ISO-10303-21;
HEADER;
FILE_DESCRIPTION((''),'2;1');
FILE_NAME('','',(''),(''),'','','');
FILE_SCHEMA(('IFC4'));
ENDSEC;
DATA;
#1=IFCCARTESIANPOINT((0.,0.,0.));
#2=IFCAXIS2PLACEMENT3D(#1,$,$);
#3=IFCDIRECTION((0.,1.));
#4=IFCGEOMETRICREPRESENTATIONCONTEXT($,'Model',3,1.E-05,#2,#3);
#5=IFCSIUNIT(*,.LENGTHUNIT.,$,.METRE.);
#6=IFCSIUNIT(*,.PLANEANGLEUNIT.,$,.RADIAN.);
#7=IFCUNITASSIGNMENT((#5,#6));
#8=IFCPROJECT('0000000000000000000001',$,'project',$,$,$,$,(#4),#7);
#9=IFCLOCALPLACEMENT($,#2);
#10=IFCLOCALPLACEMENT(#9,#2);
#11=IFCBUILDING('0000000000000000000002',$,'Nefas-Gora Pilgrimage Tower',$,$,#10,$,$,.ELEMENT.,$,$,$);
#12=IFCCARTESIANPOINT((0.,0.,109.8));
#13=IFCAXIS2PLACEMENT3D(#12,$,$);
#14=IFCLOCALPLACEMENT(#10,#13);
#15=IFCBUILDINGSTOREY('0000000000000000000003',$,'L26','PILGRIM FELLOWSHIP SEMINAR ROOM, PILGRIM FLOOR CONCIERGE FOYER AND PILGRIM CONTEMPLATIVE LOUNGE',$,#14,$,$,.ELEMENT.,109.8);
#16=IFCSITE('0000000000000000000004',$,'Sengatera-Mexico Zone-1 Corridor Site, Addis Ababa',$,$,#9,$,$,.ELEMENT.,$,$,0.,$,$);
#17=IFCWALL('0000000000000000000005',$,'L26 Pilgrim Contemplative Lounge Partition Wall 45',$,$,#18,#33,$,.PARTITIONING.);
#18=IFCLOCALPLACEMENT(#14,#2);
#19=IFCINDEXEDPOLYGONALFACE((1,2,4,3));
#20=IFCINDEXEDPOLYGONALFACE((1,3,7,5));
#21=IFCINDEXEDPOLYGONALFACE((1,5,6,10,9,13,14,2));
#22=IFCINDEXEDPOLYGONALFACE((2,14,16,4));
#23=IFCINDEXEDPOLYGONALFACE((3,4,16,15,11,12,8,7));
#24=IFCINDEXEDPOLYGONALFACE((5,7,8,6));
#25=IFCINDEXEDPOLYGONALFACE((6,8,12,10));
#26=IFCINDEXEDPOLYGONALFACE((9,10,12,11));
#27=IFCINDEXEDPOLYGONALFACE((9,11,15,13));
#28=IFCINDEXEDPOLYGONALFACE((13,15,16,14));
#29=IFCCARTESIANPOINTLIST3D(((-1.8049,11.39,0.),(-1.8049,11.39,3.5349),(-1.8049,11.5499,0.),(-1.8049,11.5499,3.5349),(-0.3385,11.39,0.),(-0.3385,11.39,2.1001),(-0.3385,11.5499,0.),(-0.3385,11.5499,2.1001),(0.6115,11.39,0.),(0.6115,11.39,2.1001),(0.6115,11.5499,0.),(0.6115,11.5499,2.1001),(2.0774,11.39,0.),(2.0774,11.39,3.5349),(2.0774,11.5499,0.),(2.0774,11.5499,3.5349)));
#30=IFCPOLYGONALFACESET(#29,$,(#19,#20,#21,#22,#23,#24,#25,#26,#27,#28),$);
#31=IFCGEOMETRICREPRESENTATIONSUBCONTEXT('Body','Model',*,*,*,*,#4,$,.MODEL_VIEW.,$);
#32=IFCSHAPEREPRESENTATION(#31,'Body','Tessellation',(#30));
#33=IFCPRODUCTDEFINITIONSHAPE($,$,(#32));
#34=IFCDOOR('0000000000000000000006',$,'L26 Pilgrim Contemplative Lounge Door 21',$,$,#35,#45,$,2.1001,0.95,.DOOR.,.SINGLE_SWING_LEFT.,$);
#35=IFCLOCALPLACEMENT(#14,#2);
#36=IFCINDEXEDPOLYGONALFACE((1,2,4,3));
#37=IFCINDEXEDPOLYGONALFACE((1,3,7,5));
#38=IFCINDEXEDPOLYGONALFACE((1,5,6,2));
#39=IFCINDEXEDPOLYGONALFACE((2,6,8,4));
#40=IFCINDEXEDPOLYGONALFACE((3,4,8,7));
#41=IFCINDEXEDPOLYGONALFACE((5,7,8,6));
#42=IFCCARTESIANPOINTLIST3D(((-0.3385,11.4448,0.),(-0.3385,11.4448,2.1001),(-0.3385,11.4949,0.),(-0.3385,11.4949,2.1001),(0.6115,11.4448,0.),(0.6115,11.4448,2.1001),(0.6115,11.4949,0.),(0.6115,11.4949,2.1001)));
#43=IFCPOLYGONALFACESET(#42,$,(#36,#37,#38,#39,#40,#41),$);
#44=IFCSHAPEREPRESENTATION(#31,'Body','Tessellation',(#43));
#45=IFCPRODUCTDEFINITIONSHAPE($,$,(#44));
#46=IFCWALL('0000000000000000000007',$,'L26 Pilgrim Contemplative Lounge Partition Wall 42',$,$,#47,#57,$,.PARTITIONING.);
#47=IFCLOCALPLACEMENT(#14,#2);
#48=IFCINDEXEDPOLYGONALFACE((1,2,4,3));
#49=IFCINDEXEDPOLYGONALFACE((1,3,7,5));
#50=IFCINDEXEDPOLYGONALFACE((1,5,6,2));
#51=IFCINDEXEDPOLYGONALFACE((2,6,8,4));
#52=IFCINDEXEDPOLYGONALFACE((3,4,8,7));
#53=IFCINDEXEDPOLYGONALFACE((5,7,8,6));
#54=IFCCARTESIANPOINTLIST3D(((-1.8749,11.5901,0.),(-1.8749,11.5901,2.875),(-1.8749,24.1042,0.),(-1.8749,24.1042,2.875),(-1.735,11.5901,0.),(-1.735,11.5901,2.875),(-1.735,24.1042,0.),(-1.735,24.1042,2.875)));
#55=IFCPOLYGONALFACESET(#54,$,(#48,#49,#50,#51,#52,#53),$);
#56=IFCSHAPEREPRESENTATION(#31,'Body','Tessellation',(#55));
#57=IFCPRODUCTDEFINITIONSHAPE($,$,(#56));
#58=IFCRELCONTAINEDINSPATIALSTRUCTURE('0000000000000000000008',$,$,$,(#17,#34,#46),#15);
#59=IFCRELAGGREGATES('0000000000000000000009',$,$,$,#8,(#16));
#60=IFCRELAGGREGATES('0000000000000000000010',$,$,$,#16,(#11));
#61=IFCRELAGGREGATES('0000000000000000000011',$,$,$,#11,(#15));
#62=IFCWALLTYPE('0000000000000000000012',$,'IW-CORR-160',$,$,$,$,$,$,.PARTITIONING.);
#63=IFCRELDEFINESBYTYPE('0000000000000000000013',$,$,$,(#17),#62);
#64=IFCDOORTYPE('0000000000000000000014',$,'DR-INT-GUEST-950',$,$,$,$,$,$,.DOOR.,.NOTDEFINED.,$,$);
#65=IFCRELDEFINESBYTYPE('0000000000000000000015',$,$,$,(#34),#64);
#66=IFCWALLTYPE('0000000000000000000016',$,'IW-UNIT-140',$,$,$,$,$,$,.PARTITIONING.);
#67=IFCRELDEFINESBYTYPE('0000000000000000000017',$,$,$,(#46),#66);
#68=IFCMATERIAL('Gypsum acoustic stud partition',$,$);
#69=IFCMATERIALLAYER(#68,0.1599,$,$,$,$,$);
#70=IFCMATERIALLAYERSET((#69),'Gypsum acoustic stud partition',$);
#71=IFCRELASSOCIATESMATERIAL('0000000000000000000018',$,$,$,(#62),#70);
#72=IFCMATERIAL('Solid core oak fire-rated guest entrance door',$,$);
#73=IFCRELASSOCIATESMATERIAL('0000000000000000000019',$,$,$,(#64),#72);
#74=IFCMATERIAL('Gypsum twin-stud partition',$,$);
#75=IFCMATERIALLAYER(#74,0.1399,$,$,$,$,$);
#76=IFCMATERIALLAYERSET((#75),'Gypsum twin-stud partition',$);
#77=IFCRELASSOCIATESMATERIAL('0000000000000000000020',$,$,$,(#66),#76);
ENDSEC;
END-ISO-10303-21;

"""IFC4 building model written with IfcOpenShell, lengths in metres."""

from ifc_helpers import new_model, si_unit, direction, frame, frame_2d, origin, place, context, subcontext, project, spatial, rectangle, extrude, source, transform, mapped, material, layer, layer_set, type_object, element, fill, save


model = new_model("IFC4")

# Units and contexts
model_context = context("Model", 3, precision=1e-05, world=origin(), true_north=direction((0.0, 1.0)))
body_context = subcontext(model_context, "Body", "Model", "MODEL_VIEW")
ifc_project = project(units=[si_unit("LENGTHUNIT", "METRE"), si_unit("PLANEANGLEUNIT", "RADIAN")], contexts=[model_context])

# Site, building, storey
site_placement = place(None, origin())
site = spatial("IfcSite", under=ifc_project, at=site_placement, Name="Sengatera-Mexico Zone-1 Corridor Site, Addis Ababa", CompositionType="ELEMENT", RefElevation=0.0)
building_placement = place(site_placement, origin())
building = spatial("IfcBuilding", under=site, at=building_placement, Name="Nefas-Gora Pilgrimage Tower", CompositionType="ELEMENT")
storey_placement = place(building_placement, frame((0.0, 0.0, 109.8)))
storey = spatial("IfcBuildingStorey", under=building, at=storey_placement, Name="L26", Description="PILGRIM FELLOWSHIP SEMINAR ROOM, PILGRIM FLOOR CONCIERGE FOYER AND PILGRIM CONTEMPLATIVE LOUNGE", CompositionType="ELEMENT", Elevation=109.8)

# Wall, opening, door
ifc_material_1 = material(Name="Gypsum acoustic stud partition")
ifc_layer_1 = layer(ifc_material_1, 0.1599)
ifc_layer_set_1 = layer_set([ifc_layer_1], Name="Gypsum acoustic stud partition")
wall_type_1 = type_object("IfcWallType", Name="IW-CORR-160", PredefinedType="PARTITIONING", material=ifc_layer_set_1)
ifc_material_2 = material(Name="Solid core oak fire-rated guest entrance door")
door_type_1 = type_object("IfcDoorType", Name="DR-INT-GUEST-950", OperationType="NOTDEFINED", PredefinedType="DOOR", material=ifc_material_2)
shared_shape_1 = source(origin(), body_context, "Body", "SweptSolid", [
    extrude(rectangle(XDim=0.95, YDim=2.1001, at=frame_2d((0.4751, 1.05))), frame((0.0, 0.0249, 0.0), z_axis=(0.0, -1.0, 0.0), x_axis=(1.0, 0.0, 0.0)), (0.0, 0.0, 1.0), 0.05),
])
shared_shape_2 = source(origin(), body_context, "Body", "SweptSolid", [
    extrude(rectangle(XDim=3.8823, YDim=0.1599, at=frame_2d((1.9412, 0.0))), origin(), (0.0, 0.0, 1.0), 3.5349),
])
wall_1_placement = place(storey_placement, frame((-1.8049, 11.47, 0.0), z_axis=(0.0, 0.0, 1.0), x_axis=(1.0, 0.0, 0.0)))
wall_1 = element("IfcWall", 1, at=wall_1_placement, inside=storey, type_object=wall_type_1, Name="L26 Pilgrim Contemplative Lounge Partition Wall 45", PredefinedType="PARTITIONING", context=body_context, shape_type="MappedRepresentation", body=[
    mapped(shared_shape_2, transform((0.0, 0.0, 0.0), x_axis=(1.0, 0.0, 0.0), y_axis=(0.0, 1.0, 0.0), z_axis=(0.0, 0.0, 1.0), scale=1.0)),
])
opening_1_placement = place(wall_1_placement, frame((1.4663, 0.0, 0.0)))
opening_1 = element("IfcOpeningElement", 2, at=opening_1_placement, cuts=wall_1, PredefinedType="OPENING", context=body_context, shape_type="SweptSolid", body=[
    extrude(rectangle(XDim=0.95, YDim=2.1001, at=frame_2d((0.4751, 1.05))), frame((0.0, 0.0898, 0.0), z_axis=(0.0, -1.0, 0.0), x_axis=(1.0, 0.0, 0.0)), (0.0, 0.0, 1.0), 0.1799),
])
door_1_placement = place(opening_1_placement, origin())
door_1 = element("IfcDoor", 3, at=door_1_placement, inside=storey, type_object=door_type_1, Name="L26 Pilgrim Contemplative Lounge Door 21", OperationType="SINGLE_SWING_LEFT", OverallHeight=2.1001, OverallWidth=0.95, PredefinedType="DOOR", context=body_context, shape_type="MappedRepresentation", body=[
    mapped(shared_shape_1, transform((0.0, 0.0, 0.0), x_axis=(1.0, 0.0, 0.0), y_axis=(0.0, 1.0, 0.0), z_axis=(0.0, 0.0, 1.0), scale=1.0)),
])
fill(opening_1, door_1)

# Wall
ifc_material_3 = material(Name="Gypsum twin-stud partition")
ifc_layer_2 = layer(ifc_material_3, 0.1399)
ifc_layer_set_2 = layer_set([ifc_layer_2], Name="Gypsum twin-stud partition")
wall_type_2 = type_object("IfcWallType", Name="IW-UNIT-140", PredefinedType="PARTITIONING", material=ifc_layer_set_2)
shared_shape_3 = source(origin(), body_context, "Body", "SweptSolid", [
    extrude(rectangle(XDim=12.5142, YDim=0.1399, at=frame_2d((6.2571, 0.0))), origin(), (0.0, 0.0, 1.0), 2.875),
])
wall_2_placement = place(storey_placement, frame((-1.8049, 11.5901, 0.0), z_axis=(0.0, 0.0, 1.0), x_axis=(0.0, 1.0, 0.0)))
element("IfcWall", 4, at=wall_2_placement, inside=storey, type_object=wall_type_2, Name="L26 Pilgrim Contemplative Lounge Partition Wall 42", PredefinedType="PARTITIONING", context=body_context, shape_type="MappedRepresentation", body=[
    mapped(shared_shape_3, transform((0.0, 0.0, 0.0), x_axis=(1.0, 0.0, 0.0), y_axis=(0.0, 1.0, 0.0), z_axis=(0.0, 0.0, 1.0), scale=1.0)),
])

save(model, "model.ifc")
